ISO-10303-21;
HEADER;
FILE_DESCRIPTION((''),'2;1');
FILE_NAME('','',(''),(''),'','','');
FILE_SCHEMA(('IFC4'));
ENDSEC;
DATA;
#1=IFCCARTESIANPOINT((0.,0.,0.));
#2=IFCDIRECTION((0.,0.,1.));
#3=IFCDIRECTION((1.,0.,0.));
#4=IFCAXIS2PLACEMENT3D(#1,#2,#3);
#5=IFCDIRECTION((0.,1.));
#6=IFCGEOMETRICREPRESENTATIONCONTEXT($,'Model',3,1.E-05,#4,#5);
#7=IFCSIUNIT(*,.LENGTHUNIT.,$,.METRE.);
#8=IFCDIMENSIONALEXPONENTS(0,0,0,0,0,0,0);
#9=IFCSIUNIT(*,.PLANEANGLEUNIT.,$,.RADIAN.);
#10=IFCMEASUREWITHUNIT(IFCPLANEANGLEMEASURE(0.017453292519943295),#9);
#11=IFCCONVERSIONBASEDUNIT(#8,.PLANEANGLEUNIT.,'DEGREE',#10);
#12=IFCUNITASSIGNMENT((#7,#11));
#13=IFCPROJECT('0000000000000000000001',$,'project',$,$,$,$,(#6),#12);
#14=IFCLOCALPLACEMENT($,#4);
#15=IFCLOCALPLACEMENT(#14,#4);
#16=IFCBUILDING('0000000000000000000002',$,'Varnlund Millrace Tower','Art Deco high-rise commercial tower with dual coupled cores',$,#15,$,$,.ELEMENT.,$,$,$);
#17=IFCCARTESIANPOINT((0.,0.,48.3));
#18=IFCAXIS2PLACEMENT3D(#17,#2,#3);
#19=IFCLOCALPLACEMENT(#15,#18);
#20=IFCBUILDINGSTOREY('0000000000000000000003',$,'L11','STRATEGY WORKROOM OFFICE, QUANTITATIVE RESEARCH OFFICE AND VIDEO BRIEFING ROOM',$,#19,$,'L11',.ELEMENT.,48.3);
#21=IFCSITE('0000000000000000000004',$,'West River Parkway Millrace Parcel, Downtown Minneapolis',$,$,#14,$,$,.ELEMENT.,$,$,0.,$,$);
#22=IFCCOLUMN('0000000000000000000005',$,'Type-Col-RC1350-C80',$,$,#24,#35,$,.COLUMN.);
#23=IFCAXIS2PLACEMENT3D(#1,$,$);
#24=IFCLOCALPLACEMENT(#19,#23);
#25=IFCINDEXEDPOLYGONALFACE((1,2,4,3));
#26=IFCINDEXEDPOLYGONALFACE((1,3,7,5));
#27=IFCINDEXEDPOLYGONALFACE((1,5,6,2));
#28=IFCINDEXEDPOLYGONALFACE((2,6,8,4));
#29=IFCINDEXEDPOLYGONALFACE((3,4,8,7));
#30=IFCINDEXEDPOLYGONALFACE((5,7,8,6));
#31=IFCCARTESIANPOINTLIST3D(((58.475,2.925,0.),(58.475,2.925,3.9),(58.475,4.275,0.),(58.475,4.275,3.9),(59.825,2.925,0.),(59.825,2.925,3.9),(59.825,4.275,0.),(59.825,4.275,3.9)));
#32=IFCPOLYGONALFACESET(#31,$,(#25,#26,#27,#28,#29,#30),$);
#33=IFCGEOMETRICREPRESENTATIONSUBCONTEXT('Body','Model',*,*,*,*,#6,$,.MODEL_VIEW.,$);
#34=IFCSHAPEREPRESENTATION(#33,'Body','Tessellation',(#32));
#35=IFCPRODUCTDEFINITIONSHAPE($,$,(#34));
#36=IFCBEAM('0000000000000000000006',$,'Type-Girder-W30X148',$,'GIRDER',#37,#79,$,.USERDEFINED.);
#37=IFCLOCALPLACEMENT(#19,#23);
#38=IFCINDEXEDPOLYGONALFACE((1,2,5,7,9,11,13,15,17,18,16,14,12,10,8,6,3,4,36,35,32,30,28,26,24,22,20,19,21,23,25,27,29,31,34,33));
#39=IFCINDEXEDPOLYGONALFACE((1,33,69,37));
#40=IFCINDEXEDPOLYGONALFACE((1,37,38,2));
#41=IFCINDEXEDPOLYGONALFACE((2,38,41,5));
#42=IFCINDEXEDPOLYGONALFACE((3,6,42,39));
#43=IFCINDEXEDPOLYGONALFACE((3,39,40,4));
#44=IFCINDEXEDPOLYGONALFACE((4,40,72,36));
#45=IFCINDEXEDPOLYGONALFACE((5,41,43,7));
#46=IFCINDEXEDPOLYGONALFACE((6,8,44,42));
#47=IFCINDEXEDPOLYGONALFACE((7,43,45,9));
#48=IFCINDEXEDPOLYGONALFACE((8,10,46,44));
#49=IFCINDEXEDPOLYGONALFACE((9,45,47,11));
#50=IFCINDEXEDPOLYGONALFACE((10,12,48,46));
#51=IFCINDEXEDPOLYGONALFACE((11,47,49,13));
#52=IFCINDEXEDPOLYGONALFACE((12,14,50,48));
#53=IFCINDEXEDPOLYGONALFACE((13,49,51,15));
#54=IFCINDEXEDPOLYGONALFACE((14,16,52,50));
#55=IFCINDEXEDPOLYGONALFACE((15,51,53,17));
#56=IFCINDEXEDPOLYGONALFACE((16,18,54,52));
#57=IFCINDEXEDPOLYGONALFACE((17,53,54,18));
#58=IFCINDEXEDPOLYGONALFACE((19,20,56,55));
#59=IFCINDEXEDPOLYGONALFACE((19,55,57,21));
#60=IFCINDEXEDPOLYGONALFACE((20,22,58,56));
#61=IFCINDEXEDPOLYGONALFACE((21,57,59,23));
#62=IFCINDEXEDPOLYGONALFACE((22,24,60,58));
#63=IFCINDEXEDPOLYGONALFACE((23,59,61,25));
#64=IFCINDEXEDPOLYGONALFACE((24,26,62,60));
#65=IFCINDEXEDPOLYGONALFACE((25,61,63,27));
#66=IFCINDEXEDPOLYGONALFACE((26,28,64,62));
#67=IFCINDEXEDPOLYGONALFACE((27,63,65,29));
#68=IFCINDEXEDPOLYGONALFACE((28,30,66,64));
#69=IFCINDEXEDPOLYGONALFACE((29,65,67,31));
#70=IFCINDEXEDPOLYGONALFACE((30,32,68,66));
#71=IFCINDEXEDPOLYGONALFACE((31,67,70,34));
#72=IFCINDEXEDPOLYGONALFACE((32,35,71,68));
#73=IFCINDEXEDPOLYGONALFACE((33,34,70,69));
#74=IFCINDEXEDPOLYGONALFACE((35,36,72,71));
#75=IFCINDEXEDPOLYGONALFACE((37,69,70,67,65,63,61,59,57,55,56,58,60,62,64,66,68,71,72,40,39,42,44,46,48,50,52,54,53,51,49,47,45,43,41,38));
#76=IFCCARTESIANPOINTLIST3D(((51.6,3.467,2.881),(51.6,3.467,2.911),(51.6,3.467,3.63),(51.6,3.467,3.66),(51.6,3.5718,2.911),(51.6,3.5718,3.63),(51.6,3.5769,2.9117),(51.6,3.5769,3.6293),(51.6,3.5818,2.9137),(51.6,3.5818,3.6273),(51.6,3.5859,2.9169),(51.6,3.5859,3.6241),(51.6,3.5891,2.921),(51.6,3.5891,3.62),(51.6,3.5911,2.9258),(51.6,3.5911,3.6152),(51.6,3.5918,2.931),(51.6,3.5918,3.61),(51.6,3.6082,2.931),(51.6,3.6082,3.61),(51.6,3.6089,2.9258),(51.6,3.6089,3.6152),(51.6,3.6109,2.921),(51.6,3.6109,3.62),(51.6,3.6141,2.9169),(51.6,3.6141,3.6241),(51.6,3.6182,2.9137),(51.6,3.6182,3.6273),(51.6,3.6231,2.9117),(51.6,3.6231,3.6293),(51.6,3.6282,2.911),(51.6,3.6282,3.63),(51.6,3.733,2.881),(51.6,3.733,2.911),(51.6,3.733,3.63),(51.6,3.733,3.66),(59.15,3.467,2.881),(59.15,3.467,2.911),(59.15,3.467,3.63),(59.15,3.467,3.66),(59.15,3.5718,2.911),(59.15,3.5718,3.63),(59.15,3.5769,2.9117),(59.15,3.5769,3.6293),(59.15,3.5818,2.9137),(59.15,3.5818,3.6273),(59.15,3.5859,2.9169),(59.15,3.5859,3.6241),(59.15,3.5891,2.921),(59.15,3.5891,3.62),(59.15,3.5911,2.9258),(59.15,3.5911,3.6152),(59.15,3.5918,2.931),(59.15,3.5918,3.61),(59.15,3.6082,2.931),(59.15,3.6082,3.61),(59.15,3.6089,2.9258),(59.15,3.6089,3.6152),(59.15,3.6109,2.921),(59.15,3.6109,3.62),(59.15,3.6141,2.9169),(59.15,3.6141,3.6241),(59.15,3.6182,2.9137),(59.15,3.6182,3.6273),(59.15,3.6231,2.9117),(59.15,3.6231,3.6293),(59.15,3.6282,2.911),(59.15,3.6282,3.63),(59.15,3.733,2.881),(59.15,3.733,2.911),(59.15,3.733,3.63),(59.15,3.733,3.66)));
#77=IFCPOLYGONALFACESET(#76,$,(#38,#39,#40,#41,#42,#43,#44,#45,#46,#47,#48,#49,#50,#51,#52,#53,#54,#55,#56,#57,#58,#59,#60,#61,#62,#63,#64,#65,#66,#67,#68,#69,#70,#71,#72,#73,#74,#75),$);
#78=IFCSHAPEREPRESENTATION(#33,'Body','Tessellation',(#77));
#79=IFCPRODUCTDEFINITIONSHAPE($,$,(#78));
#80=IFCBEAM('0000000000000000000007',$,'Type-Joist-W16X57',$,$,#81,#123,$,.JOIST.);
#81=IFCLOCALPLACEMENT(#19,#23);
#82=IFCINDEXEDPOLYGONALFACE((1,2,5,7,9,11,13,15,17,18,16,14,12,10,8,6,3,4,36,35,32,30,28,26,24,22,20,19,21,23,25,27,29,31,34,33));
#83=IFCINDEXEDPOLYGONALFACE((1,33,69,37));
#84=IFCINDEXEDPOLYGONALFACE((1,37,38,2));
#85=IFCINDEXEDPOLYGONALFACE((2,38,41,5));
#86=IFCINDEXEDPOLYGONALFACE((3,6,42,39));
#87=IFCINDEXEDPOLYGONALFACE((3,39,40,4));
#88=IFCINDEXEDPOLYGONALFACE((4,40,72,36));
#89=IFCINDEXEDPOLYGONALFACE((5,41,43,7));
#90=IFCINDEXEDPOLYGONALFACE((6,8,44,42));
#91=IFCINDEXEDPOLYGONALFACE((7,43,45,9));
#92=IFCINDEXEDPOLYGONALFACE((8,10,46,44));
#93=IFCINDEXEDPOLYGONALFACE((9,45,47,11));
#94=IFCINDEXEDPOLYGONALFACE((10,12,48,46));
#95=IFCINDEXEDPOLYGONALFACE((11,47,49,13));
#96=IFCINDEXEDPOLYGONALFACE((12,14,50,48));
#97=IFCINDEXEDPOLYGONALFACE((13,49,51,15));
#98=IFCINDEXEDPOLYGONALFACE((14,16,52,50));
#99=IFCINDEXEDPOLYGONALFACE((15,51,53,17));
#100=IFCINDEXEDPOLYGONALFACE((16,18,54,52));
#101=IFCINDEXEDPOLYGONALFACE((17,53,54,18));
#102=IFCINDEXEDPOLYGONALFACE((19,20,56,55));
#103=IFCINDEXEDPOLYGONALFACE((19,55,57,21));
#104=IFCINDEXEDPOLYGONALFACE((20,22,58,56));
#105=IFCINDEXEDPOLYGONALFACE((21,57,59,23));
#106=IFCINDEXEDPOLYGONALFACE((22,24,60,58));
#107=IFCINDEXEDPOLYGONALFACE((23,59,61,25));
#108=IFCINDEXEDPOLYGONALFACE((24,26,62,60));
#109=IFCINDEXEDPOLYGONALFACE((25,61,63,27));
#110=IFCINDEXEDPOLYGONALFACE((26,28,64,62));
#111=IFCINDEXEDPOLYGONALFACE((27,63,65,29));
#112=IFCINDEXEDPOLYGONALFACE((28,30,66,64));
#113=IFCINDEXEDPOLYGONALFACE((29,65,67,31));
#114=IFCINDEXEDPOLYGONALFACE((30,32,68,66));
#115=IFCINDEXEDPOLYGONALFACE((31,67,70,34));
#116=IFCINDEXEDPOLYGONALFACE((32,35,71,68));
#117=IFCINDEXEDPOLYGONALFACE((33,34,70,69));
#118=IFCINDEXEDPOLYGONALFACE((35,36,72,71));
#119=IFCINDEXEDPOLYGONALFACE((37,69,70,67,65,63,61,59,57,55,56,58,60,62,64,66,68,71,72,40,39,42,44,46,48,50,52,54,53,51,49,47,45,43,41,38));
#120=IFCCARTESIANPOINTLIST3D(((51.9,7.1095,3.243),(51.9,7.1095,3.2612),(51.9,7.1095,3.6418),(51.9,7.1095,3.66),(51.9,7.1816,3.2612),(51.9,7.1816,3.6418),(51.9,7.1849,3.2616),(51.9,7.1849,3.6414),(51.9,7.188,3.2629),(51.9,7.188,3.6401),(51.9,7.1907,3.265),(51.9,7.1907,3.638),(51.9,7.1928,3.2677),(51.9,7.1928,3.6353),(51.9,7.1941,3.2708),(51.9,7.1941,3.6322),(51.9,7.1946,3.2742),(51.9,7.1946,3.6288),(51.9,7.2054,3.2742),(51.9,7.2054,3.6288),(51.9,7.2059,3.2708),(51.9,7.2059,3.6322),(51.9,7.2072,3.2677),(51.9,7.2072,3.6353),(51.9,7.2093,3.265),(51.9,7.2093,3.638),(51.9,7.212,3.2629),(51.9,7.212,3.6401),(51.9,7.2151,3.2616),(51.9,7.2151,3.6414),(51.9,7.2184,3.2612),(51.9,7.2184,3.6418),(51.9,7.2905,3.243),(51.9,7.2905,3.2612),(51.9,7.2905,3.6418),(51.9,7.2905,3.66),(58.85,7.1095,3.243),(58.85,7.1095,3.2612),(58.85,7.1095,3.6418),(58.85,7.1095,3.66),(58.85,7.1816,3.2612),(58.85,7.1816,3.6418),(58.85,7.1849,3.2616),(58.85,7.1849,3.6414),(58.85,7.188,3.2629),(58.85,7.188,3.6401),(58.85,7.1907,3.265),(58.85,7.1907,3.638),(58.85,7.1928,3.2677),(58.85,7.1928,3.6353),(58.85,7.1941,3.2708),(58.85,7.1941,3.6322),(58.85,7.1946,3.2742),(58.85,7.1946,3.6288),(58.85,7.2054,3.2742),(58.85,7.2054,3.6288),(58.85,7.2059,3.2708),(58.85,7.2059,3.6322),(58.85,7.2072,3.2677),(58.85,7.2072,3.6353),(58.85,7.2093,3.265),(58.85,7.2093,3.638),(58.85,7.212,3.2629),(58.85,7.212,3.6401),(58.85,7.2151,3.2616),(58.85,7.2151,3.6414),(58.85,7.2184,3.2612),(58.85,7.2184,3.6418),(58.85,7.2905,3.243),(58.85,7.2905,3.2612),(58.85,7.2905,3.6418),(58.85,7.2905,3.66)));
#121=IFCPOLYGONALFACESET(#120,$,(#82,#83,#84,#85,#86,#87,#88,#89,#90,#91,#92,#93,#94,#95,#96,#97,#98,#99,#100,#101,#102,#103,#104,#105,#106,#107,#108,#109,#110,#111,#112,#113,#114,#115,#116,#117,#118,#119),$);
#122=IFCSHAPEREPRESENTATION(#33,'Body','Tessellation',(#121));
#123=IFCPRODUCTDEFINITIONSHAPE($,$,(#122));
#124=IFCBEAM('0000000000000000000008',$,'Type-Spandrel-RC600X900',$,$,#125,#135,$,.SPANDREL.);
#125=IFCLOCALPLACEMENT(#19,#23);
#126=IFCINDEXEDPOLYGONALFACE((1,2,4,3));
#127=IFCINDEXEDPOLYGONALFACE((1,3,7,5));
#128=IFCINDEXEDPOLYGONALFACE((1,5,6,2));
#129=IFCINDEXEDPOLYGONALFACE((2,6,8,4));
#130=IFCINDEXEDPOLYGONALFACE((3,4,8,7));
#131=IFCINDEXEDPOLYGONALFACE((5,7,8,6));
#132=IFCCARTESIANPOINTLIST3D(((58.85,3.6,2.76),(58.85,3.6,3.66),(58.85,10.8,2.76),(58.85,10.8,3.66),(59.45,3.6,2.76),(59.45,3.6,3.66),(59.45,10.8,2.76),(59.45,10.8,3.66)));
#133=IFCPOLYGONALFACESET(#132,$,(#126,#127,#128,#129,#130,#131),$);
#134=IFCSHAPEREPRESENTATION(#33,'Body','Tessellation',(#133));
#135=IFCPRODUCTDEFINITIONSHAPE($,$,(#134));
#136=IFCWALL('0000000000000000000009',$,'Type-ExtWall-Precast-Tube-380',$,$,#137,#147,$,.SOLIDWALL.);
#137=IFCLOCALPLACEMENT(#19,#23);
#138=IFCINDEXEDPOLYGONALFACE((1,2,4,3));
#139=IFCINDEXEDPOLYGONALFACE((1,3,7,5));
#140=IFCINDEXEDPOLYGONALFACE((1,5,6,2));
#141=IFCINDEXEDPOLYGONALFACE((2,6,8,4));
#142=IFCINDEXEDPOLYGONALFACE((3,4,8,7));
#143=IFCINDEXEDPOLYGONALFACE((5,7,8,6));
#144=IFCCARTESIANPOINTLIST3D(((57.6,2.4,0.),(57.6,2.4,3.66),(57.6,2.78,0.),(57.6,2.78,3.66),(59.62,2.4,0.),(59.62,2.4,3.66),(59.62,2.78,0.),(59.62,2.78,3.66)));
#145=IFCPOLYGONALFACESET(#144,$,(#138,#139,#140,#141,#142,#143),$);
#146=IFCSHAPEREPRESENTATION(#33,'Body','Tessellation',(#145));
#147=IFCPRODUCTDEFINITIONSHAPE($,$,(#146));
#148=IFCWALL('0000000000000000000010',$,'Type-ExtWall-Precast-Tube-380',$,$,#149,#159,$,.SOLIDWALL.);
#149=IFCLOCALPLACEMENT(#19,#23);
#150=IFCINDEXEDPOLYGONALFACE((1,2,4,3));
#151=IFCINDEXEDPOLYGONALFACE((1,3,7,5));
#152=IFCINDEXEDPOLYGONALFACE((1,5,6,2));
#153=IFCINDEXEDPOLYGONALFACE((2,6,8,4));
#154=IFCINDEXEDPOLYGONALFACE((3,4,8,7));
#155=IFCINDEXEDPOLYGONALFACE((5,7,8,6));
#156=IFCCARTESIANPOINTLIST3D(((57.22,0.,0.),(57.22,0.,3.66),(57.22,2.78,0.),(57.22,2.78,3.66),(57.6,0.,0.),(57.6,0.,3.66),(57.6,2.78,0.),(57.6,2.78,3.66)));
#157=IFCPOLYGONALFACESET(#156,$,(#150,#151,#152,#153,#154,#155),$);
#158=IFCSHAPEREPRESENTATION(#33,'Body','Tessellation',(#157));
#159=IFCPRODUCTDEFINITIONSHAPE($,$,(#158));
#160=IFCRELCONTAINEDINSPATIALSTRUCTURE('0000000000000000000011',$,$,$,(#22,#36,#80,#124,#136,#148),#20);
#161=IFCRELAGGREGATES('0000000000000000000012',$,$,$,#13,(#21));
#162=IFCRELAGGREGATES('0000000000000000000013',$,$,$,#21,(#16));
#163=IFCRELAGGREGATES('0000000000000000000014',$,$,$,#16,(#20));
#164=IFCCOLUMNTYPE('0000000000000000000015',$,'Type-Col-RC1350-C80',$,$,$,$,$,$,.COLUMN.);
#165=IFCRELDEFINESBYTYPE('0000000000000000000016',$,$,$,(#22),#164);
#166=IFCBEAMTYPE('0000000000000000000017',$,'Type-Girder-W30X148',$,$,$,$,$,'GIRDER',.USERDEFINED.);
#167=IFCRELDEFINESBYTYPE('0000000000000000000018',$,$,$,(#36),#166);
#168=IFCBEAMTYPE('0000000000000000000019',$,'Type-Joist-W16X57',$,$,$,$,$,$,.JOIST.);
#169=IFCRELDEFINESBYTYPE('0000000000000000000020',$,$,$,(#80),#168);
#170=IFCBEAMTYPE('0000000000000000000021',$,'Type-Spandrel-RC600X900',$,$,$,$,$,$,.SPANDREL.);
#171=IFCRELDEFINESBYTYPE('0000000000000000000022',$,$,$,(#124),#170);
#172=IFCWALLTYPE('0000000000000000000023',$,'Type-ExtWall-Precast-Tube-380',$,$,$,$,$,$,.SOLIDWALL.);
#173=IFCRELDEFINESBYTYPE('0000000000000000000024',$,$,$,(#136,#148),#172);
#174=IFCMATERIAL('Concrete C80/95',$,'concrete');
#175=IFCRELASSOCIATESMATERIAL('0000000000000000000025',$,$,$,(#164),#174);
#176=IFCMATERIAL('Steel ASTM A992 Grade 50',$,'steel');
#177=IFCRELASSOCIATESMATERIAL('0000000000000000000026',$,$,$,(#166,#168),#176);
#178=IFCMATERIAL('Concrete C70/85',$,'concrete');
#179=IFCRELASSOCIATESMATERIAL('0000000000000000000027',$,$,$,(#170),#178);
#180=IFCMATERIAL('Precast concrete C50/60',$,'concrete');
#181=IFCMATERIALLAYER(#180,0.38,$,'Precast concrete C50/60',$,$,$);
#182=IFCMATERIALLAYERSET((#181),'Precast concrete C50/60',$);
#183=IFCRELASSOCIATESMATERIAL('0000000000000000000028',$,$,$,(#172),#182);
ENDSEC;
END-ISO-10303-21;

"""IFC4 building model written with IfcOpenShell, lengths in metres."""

from ifc_helpers import new_model, entity, si_unit, converted_unit, direction, frame, origin_with_axes, origin_2d_with_axis, place, context, subcontext, project, spatial, polyline, rectangle, i_section, outline, extrude, material, layer, layer_set, material_profile, profile_set, type_object, element, save


model = new_model("IFC4")

# Units and contexts
model_context = context("Model", 3, precision=1e-05, world=origin_with_axes(), true_north=direction((0.0, 1.0)))
body_context = subcontext(model_context, "Body", "Model", "MODEL_VIEW")
ifc_project = project(units=[si_unit("LENGTHUNIT", "METRE"), converted_unit("PLANEANGLEUNIT", "DEGREE", entity("IfcPlaneAngleMeasure", 0.017453292519943295), si_unit("PLANEANGLEUNIT", "RADIAN"), dimensions=[0, 0, 0, 0, 0, 0, 0])], contexts=[model_context])

# Site, building, storey
site_placement = place(None, origin_with_axes())
site = spatial("IfcSite", under=ifc_project, at=site_placement, Name="West River Parkway Millrace Parcel, Downtown Minneapolis", CompositionType="ELEMENT", RefElevation=0.0)
building_placement = place(site_placement, origin_with_axes())
building = spatial("IfcBuilding", under=site, at=building_placement, Name="Varnlund Millrace Tower", Description="Art Deco high-rise commercial tower with dual coupled cores", CompositionType="ELEMENT")
storey_placement = place(building_placement, frame((0.0, 0.0, 48.3), z_axis=(0.0, 0.0, 1.0), x_axis=(1.0, 0.0, 0.0)))
storey = spatial("IfcBuildingStorey", under=building, at=storey_placement, Name="L11", Description="STRATEGY WORKROOM OFFICE, QUANTITATIVE RESEARCH OFFICE AND VIDEO BRIEFING ROOM", LongName="L11", CompositionType="ELEMENT", Elevation=48.3)

# Column
ifc_material_1 = material(Name="Concrete C80/95", Category="concrete")
ifc_material_profile_1 = material_profile(ifc_material_1, rectangle(XDim=1.35, YDim=1.35, at=origin_2d_with_axis()), Name="Concrete C80/95")
ifc_profile_set_1 = profile_set([ifc_material_profile_1], Name="Concrete C80/95")
column_type = type_object("IfcColumnType", Name="Type-Col-RC1350-C80", PredefinedType="COLUMN", material=ifc_profile_set_1)
column_placement = place(storey_placement, frame((59.15, 3.6, 0.0), z_axis=(0.0, 0.0, 1.0), x_axis=(1.0, 0.0, 0.0)))
element("IfcColumn", 1, at=column_placement, inside=storey, type_object=column_type, Name="Type-Col-RC1350-C80", PredefinedType="COLUMN", context=body_context, shape_type="SweptSolid", body=[
    extrude(rectangle(XDim=1.35, YDim=1.35, at=origin_2d_with_axis()), origin_with_axes(), (0.0, 0.0, 1.0), 3.9),
])

# Beams
ifc_material_2 = material(Name="Steel ASTM A992 Grade 50", Category="steel")
ifc_material_profile_2 = material_profile(ifc_material_2, i_section(OverallWidth=0.266, OverallDepth=0.779, WebThickness=0.0165, FlangeThickness=0.03, FilletRadius=0.02, at=origin_2d_with_axis()), Name="Steel ASTM A992 Grade 50")
ifc_profile_set_2 = profile_set([ifc_material_profile_2], Name="Steel ASTM A992 Grade 50")
beam_type_1 = type_object("IfcBeamType", Name="Type-Girder-W30X148", ElementType="GIRDER", PredefinedType="USERDEFINED", material=ifc_profile_set_2)
beam_1_placement = place(storey_placement, frame((51.6, 3.6, 3.2705), z_axis=(1.0, 0.0, 0.0), x_axis=(0.0, 1.0, 0.0)))
element("IfcBeam", 2, at=beam_1_placement, inside=storey, type_object=beam_type_1, Name="Type-Girder-W30X148", ObjectType="GIRDER", PredefinedType="USERDEFINED", context=body_context, shape_type="SweptSolid", body=[
    extrude(i_section(OverallWidth=0.266, OverallDepth=0.779, WebThickness=0.0165, FlangeThickness=0.03, FilletRadius=0.02, at=origin_2d_with_axis()), origin_with_axes(), (0.0, 0.0, 1.0), 7.55),
])
ifc_material_profile_3 = material_profile(ifc_material_2, i_section(OverallWidth=0.181, OverallDepth=0.417, WebThickness=0.0109, FlangeThickness=0.0182, FilletRadius=0.013, at=origin_2d_with_axis()), Name="Steel ASTM A992 Grade 50")
ifc_profile_set_3 = profile_set([ifc_material_profile_3], Name="Steel ASTM A992 Grade 50")
beam_type_2 = type_object("IfcBeamType", Name="Type-Joist-W16X57", PredefinedType="JOIST", material=ifc_profile_set_3)
beam_2_placement = place(storey_placement, frame((51.9, 7.2, 3.4515), z_axis=(1.0, 0.0, 0.0), x_axis=(0.0, 1.0, 0.0)))
element("IfcBeam", 3, at=beam_2_placement, inside=storey, type_object=beam_type_2, Name="Type-Joist-W16X57", PredefinedType="JOIST", context=body_context, shape_type="SweptSolid", body=[
    extrude(i_section(OverallWidth=0.181, OverallDepth=0.417, WebThickness=0.0109, FlangeThickness=0.0182, FilletRadius=0.013, at=origin_2d_with_axis()), origin_with_axes(), (0.0, 0.0, 1.0), 6.95),
])
ifc_material_3 = material(Name="Concrete C70/85", Category="concrete")
ifc_material_profile_4 = material_profile(ifc_material_3, rectangle(XDim=0.6, YDim=0.9, at=origin_2d_with_axis()), Name="Concrete C70/85")
ifc_profile_set_4 = profile_set([ifc_material_profile_4], Name="Concrete C70/85")
beam_type_3 = type_object("IfcBeamType", Name="Type-Spandrel-RC600X900", PredefinedType="SPANDREL", material=ifc_profile_set_4)
beam_3_placement = place(storey_placement, frame((59.15, 3.6, 3.21), z_axis=(0.0, 1.0, 0.0), x_axis=(-1.0, 0.0, 0.0)))
element("IfcBeam", 4, at=beam_3_placement, inside=storey, type_object=beam_type_3, Name="Type-Spandrel-RC600X900", PredefinedType="SPANDREL", context=body_context, shape_type="SweptSolid", body=[
    extrude(rectangle(XDim=0.6, YDim=0.9, at=origin_2d_with_axis()), origin_with_axes(), (0.0, 0.0, 1.0), 7.2),
])

# Walls
ifc_material_4 = material(Name="Precast concrete C50/60", Category="concrete")
ifc_layer_1 = layer(ifc_material_4, 0.38, Name="Precast concrete C50/60")
ifc_layer_set_1 = layer_set([ifc_layer_1], Name="Precast concrete C50/60")
wall_type_1 = type_object("IfcWallType", Name="Type-ExtWall-Precast-Tube-380", PredefinedType="SOLIDWALL", material=ifc_layer_set_1)
wall_1_placement = place(storey_placement, frame((59.62, 2.59, 0.0), z_axis=(0.0, 0.0, 1.0), x_axis=(-1.0, 0.0, 0.0)))
element("IfcWall", 5, at=wall_1_placement, inside=storey, type_object=wall_type_1, Name="Type-ExtWall-Precast-Tube-380", PredefinedType="SOLIDWALL", context=body_context, shape_type="SweptSolid", body=[
    extrude(outline(polyline([(0.0, -0.19), (2.02, -0.19), (2.02, 0.19), (0.0, 0.19), (0.0, -0.19)])), origin_with_axes(), (0.0, 0.0, 1.0), 3.66),
])
wall_2_placement = place(storey_placement, frame((57.41, 2.78, 0.0), z_axis=(0.0, 0.0, 1.0), x_axis=(0.0, -1.0, 0.0)))
element("IfcWall", 6, at=wall_2_placement, inside=storey, type_object=wall_type_1, Name="Type-ExtWall-Precast-Tube-380", PredefinedType="SOLIDWALL", context=body_context, shape_type="SweptSolid", body=[
    extrude(outline(polyline([(0.0, -0.19), (2.78, -0.19), (2.78, 0.19), (0.0, 0.19), (0.0, -0.19)])), origin_with_axes(), (0.0, 0.0, 1.0), 3.66),
])

save(model, "model.ifc")
